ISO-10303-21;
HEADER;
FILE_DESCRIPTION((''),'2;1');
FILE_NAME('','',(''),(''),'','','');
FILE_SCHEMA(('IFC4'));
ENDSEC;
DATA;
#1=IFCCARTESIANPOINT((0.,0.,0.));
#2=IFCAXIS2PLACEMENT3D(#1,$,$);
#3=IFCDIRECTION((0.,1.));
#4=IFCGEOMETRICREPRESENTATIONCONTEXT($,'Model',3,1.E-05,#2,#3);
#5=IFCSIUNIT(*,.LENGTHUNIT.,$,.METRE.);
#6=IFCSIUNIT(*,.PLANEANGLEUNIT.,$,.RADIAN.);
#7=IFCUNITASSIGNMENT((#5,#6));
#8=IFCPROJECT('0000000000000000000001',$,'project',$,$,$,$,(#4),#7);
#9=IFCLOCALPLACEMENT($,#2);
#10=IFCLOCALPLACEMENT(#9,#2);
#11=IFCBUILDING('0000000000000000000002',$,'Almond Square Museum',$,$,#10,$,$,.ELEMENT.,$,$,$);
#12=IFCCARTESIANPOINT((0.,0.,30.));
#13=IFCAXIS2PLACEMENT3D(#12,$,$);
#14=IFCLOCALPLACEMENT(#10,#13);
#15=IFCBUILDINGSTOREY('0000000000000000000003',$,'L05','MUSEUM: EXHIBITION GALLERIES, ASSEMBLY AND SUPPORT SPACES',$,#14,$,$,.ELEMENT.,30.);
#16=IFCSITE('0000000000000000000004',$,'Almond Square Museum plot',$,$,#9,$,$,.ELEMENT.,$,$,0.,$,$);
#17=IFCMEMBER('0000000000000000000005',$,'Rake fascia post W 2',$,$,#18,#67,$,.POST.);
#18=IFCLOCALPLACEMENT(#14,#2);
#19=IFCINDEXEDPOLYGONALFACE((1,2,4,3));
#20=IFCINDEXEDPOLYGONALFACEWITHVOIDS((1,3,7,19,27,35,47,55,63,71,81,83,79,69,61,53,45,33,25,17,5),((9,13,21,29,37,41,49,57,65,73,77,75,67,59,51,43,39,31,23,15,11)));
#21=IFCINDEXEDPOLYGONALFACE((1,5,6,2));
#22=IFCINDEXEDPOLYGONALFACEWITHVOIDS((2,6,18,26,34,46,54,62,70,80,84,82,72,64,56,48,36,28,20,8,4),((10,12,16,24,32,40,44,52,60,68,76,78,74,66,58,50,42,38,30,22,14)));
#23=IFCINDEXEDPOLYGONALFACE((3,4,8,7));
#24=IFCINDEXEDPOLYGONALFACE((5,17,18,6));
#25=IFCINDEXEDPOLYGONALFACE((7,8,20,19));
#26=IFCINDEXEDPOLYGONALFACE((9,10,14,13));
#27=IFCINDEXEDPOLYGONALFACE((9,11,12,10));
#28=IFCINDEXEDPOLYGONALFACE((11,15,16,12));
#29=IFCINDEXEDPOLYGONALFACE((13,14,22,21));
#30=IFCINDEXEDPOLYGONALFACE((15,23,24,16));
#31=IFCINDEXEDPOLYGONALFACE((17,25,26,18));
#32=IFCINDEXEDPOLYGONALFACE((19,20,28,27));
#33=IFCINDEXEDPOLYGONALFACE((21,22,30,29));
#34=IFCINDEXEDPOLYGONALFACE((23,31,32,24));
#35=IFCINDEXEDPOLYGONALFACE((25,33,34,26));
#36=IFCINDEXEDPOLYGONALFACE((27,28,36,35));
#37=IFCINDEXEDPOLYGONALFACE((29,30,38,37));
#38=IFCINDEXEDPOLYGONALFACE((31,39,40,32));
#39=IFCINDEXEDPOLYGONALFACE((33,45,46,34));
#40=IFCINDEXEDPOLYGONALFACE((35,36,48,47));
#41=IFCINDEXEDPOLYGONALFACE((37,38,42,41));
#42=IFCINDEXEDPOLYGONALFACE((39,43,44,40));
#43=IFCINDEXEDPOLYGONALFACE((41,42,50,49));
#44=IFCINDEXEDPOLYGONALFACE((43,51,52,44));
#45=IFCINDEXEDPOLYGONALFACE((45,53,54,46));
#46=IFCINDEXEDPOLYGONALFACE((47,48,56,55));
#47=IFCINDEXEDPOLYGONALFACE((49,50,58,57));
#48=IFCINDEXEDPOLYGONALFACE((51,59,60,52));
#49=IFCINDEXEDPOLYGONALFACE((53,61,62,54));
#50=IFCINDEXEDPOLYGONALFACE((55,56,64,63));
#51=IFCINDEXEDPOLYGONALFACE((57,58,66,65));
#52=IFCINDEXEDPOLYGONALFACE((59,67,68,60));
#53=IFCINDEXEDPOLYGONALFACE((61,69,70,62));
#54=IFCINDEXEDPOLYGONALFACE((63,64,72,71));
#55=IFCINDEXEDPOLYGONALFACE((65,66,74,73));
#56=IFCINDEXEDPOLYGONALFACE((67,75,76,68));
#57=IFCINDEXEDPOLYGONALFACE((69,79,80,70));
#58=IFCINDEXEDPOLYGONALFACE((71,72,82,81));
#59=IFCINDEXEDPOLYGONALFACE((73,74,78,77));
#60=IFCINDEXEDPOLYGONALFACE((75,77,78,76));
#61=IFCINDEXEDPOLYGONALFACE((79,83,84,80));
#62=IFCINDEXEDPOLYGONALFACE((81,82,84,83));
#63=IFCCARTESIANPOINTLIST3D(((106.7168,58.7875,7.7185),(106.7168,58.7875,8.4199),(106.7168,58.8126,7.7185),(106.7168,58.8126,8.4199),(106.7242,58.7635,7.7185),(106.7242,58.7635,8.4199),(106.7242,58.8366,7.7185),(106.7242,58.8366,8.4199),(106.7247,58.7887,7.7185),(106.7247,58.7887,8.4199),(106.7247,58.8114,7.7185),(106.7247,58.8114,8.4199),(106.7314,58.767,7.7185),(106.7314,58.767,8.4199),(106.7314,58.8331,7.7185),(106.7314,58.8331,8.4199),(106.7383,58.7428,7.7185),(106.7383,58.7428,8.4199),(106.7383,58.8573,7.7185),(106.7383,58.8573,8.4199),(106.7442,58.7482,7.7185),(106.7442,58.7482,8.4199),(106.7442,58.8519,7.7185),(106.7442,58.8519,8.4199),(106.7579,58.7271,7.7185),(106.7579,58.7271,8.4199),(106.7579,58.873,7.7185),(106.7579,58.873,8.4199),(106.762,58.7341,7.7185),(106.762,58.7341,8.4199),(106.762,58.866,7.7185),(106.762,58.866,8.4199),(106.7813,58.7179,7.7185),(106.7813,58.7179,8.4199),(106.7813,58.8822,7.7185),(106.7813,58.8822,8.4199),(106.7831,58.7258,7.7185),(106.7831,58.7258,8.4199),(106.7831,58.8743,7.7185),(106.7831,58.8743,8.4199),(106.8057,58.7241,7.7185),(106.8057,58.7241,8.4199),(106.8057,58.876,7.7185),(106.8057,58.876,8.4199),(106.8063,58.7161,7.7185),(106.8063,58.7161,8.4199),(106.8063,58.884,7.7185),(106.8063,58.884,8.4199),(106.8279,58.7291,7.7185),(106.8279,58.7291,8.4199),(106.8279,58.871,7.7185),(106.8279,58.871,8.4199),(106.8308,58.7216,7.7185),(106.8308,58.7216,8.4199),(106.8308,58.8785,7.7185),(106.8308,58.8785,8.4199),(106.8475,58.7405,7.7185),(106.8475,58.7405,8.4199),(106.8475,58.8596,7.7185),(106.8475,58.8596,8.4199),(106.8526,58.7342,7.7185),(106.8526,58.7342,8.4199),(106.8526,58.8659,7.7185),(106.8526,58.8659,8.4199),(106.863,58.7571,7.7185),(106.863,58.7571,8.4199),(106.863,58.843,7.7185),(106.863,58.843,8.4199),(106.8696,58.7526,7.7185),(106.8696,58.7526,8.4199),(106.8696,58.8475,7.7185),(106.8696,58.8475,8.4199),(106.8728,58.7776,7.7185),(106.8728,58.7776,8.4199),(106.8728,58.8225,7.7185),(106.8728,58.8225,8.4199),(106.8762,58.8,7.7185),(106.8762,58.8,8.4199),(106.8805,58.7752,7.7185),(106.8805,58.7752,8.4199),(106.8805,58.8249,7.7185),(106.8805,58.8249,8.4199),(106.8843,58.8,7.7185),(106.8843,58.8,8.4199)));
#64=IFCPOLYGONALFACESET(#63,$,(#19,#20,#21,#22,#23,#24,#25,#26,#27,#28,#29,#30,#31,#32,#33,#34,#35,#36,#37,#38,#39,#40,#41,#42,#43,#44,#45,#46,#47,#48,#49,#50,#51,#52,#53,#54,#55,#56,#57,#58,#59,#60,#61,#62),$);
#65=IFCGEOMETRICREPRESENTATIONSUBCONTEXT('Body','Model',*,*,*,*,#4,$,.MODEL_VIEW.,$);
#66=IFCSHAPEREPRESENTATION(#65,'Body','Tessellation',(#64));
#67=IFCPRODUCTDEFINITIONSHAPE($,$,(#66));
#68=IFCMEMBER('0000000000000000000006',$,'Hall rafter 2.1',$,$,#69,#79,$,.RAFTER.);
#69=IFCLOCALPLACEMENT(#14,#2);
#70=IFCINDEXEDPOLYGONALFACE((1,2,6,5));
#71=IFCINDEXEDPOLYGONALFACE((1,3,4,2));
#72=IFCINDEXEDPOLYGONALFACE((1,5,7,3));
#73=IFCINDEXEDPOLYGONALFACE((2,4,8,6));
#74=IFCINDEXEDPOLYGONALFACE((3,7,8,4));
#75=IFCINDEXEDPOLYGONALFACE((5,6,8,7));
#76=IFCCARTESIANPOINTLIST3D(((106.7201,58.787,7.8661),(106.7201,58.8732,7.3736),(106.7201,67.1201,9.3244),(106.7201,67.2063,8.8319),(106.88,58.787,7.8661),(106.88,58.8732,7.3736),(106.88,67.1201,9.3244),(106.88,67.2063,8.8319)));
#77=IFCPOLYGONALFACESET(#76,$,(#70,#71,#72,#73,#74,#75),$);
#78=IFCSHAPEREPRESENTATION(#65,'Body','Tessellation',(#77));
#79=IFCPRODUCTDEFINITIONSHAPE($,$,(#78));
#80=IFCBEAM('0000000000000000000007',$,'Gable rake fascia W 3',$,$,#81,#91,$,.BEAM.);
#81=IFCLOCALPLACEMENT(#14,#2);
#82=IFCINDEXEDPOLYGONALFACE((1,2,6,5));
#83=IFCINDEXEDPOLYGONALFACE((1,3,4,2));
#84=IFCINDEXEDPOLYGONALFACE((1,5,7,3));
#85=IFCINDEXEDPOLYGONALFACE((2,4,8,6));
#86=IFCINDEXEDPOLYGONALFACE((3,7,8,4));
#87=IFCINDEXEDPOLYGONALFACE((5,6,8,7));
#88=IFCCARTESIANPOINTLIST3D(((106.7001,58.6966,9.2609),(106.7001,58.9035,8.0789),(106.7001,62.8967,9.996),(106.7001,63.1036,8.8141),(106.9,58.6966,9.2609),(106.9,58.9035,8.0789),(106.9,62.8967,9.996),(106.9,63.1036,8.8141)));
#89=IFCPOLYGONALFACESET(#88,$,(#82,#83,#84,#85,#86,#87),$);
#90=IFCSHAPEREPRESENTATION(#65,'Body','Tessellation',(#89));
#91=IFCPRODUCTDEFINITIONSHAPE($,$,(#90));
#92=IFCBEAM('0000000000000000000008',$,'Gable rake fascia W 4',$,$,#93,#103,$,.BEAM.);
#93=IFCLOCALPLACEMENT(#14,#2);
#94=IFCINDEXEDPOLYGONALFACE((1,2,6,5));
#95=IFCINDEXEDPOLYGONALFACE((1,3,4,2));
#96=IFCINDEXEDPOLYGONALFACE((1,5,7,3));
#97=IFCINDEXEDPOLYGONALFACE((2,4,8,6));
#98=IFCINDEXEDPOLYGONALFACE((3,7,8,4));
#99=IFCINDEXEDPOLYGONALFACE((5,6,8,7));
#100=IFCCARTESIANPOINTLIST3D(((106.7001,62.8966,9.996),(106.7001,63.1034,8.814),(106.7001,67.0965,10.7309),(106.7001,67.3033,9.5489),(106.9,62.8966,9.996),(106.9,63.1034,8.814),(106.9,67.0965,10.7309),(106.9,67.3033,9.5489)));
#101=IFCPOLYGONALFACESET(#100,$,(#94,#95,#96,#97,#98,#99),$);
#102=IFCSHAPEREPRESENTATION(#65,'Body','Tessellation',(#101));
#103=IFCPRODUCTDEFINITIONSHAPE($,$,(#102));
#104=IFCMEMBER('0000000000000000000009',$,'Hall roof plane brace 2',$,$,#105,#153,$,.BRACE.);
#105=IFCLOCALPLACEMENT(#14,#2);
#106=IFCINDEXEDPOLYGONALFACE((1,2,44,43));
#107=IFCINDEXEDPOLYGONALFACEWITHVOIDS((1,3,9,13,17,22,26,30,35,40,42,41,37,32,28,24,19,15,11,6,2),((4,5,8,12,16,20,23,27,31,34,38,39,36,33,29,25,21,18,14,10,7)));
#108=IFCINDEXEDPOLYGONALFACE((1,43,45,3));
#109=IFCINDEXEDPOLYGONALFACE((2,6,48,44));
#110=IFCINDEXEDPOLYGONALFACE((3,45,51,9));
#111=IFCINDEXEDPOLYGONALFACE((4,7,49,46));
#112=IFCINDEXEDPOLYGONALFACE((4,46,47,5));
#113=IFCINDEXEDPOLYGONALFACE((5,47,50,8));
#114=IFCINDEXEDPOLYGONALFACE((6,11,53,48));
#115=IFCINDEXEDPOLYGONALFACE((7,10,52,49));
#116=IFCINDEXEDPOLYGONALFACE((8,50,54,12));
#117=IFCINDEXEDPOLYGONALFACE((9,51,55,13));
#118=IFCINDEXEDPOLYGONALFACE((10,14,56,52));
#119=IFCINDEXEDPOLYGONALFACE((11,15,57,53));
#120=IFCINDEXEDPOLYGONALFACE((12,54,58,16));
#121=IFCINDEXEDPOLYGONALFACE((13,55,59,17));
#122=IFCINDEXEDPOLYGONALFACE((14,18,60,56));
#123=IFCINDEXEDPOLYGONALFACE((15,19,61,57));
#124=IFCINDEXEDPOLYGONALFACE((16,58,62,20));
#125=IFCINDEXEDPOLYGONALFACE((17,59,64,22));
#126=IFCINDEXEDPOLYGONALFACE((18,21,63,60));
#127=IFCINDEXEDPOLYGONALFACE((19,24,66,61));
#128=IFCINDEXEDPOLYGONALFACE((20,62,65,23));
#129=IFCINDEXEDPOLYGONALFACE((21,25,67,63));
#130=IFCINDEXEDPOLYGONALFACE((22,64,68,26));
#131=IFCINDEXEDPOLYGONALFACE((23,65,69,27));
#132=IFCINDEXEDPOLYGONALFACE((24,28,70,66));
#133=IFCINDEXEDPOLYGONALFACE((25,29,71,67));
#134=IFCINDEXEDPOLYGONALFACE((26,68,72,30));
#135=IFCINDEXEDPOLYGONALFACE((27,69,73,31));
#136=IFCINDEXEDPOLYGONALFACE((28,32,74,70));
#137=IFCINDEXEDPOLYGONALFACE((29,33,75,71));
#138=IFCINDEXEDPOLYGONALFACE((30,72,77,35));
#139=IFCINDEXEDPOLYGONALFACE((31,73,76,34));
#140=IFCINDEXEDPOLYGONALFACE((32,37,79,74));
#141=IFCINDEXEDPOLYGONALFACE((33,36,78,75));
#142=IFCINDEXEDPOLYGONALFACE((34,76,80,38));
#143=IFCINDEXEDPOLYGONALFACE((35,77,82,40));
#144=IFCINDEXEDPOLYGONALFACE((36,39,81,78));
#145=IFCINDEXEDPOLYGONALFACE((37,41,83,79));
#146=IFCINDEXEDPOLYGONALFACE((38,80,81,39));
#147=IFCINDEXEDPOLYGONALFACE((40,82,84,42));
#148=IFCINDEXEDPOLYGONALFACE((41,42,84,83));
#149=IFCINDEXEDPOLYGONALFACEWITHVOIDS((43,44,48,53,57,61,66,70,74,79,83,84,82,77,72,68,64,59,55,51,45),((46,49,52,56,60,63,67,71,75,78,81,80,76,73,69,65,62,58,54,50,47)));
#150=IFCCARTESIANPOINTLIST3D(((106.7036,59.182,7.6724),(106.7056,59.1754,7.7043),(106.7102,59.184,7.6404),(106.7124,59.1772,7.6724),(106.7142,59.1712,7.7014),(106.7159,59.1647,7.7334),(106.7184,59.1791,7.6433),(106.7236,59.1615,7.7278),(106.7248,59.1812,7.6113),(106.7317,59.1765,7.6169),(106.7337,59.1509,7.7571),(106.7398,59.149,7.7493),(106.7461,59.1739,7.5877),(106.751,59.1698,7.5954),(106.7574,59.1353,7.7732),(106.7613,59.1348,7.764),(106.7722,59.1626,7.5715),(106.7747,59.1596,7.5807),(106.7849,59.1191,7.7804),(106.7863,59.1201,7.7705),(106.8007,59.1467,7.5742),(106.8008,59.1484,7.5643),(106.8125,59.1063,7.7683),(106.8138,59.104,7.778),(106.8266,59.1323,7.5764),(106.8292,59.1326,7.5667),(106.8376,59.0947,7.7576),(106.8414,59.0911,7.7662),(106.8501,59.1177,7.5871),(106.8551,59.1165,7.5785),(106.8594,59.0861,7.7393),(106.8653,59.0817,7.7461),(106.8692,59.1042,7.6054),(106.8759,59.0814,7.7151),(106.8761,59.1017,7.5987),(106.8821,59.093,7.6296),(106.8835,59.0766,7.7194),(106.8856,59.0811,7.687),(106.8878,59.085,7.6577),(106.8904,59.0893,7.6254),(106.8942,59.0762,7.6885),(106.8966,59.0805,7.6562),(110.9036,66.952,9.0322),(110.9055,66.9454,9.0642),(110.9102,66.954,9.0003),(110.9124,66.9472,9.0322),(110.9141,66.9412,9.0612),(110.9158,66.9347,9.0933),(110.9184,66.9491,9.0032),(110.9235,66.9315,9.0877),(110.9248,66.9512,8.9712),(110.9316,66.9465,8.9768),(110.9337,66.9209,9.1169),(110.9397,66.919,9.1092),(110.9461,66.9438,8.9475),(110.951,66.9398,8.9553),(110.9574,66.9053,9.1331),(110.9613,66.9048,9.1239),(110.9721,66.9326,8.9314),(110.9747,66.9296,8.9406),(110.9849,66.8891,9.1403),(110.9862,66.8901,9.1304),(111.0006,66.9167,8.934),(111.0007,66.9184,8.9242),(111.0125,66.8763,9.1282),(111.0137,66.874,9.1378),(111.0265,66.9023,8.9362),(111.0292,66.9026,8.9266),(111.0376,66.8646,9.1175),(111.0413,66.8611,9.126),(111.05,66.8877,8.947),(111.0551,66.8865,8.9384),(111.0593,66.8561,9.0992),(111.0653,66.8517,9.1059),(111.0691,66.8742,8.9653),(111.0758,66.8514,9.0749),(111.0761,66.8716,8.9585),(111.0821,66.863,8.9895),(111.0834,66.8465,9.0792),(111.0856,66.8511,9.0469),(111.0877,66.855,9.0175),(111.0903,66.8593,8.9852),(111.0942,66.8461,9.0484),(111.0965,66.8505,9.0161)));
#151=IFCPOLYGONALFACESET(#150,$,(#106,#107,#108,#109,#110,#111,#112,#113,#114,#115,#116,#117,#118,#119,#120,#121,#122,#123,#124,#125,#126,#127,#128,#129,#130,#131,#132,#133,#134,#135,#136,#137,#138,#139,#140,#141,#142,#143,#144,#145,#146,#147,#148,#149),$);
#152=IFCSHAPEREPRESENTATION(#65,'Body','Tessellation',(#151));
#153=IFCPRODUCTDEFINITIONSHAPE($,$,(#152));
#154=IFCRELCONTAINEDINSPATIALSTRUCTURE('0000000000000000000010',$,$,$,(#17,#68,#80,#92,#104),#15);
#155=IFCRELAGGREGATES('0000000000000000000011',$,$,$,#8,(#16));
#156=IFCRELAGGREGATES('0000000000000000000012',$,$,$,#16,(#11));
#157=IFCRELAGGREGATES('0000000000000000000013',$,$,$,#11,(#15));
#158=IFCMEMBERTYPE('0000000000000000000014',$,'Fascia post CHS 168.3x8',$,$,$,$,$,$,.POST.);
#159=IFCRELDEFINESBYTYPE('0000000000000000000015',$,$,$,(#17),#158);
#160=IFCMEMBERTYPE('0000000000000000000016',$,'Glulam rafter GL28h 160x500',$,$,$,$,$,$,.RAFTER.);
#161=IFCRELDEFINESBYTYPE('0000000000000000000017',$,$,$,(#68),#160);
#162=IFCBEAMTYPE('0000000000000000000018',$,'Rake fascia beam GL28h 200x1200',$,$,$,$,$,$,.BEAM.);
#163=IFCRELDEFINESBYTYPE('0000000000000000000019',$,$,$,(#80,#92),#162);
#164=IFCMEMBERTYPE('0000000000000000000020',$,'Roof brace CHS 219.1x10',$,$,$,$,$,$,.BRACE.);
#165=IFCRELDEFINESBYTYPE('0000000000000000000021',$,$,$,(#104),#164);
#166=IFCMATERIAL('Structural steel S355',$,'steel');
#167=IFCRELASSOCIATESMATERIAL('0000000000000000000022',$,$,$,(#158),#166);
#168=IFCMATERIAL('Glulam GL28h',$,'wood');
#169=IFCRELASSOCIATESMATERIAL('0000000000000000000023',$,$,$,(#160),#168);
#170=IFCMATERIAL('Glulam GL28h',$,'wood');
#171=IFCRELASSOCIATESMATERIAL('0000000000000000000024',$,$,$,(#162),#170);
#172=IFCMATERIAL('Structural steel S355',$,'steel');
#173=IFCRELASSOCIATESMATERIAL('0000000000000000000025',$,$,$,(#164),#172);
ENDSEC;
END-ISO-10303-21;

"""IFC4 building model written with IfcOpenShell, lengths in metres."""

from ifc_helpers import new_model, si_unit, direction, frame, origin, origin_2d, place, context, subcontext, project, spatial, rectangle, hollow_circle, extrude, material, material_profile, profile_set, type_object, element, save


model = new_model("IFC4")

# Units and contexts
model_context = context("Model", 3, precision=1e-05, world=origin(), true_north=direction((0.0, 1.0)))
body_context = subcontext(model_context, "Body", "Model", "MODEL_VIEW")
ifc_project = project(units=[si_unit("LENGTHUNIT", "METRE"), si_unit("PLANEANGLEUNIT", "RADIAN")], contexts=[model_context])

# Site, building, storey
site_placement = place(None, origin())
site = spatial("IfcSite", under=ifc_project, at=site_placement, Name="Almond Square Museum plot", CompositionType="ELEMENT", RefElevation=0.0)
building_placement = place(site_placement, origin())
building = spatial("IfcBuilding", under=site, at=building_placement, Name="Almond Square Museum", CompositionType="ELEMENT")
storey_placement = place(building_placement, frame((0.0, 0.0, 30.0)))
storey = spatial("IfcBuildingStorey", under=building, at=storey_placement, Name="L05", Description="MUSEUM: EXHIBITION GALLERIES, ASSEMBLY AND SUPPORT SPACES", CompositionType="ELEMENT", Elevation=30.0)

# Members
ifc_material_1 = material(Name="Structural steel S355", Category="steel")
ifc_material_profile_1 = material_profile(ifc_material_1, hollow_circle(Radius=0.0842, WallThickness=0.0081, at=origin_2d()))
ifc_profile_set_1 = profile_set([ifc_material_profile_1], Name="Structural steel S355")
member_type_1 = type_object("IfcMemberType", Name="Fascia post CHS 168.3x8", PredefinedType="POST", material=ifc_profile_set_1)
member_1_placement = place(storey_placement, frame((106.8, 58.8, 7.7185), z_axis=(0.0, 0.0, 1.0), x_axis=(1.0, 0.0, 0.0)))
element("IfcMember", 1, at=member_1_placement, inside=storey, type_object=member_type_1, Name="Rake fascia post W 2", PredefinedType="POST", context=body_context, shape_type="SweptSolid", body=[
    extrude(hollow_circle(Radius=0.0842, WallThickness=0.0081, at=origin_2d()), origin(), (0.0, 0.0, 1.0), 0.7014),
])
ifc_material_2 = material(Name="Glulam GL28h", Category="wood")
ifc_material_profile_2 = material_profile(ifc_material_2, rectangle(XDim=0.1599, YDim=0.5, at=origin_2d()))
ifc_profile_set_2 = profile_set([ifc_material_profile_2], Name="Glulam GL28h")
member_type_2 = type_object("IfcMemberType", Name="Glulam rafter GL28h 160x500", PredefinedType="RAFTER", material=ifc_profile_set_2)
member_2_placement = place(storey_placement, frame((106.8, 58.8301, 7.6199), z_axis=(0.0, 0.985031, 0.172378), x_axis=(-1.0, 0.0, 0.0)))
element("IfcMember", 2, at=member_2_placement, inside=storey, type_object=member_type_2, Name="Hall rafter 2.1", PredefinedType="RAFTER", context=body_context, shape_type="SweptSolid", body=[
    extrude(rectangle(XDim=0.1599, YDim=0.5, at=origin_2d()), origin(), (0.0, 0.0, 1.0), 8.4597),
])

# Beams
ifc_material_3 = material(Name="Glulam GL28h", Category="wood")
ifc_material_profile_3 = material_profile(ifc_material_3, rectangle(XDim=0.2, YDim=1.2, at=origin_2d()))
ifc_profile_set_3 = profile_set([ifc_material_profile_3], Name="Glulam GL28h")
beam_type = type_object("IfcBeamType", Name="Rake fascia beam GL28h 200x1200", PredefinedType="BEAM", material=ifc_profile_set_3)
beam_1_placement = place(storey_placement, frame((106.8, 58.8, 8.6699), z_axis=(0.0, 0.985026, 0.172407), x_axis=(-1.0, 0.0, 0.0)))
element("IfcBeam", 3, at=beam_1_placement, inside=storey, type_object=beam_type, Name="Gable rake fascia W 3", PredefinedType="BEAM", context=body_context, shape_type="SweptSolid", body=[
    extrude(rectangle(XDim=0.2, YDim=1.2, at=origin_2d()), origin(), (0.0, 0.0, 1.0), 4.2639),
])
beam_2_placement = place(storey_placement, frame((106.8, 63.0, 9.405), z_axis=(0.0, 0.985036, 0.172351), x_axis=(-1.0, 0.0, 0.0)))
element("IfcBeam", 4, at=beam_2_placement, inside=storey, type_object=beam_type, Name="Gable rake fascia W 4", PredefinedType="BEAM", context=body_context, shape_type="SweptSolid", body=[
    extrude(rectangle(XDim=0.2, YDim=1.2, at=origin_2d()), origin(), (0.0, 0.0, 1.0), 4.2637),
])

# Member
ifc_material_4 = material(Name="Structural steel S355", Category="steel")
ifc_material_profile_4 = material_profile(ifc_material_4, hollow_circle(Radius=0.1096, WallThickness=0.01, at=origin_2d()))
ifc_profile_set_4 = profile_set([ifc_material_profile_4], Name="Structural steel S355")
member_type_3 = type_object("IfcMemberType", Name="Roof brace CHS 219.1x10", PredefinedType="BRACE", material=ifc_profile_set_4)
member_3_placement = place(storey_placement, frame((106.8, 59.1299, 7.6724), z_axis=(0.469974, 0.869465, 0.152169), x_axis=(-0.879709, 0.475512, 0.0)))
element("IfcMember", 5, at=member_3_placement, inside=storey, type_object=member_type_3, Name="Hall roof plane brace 2", PredefinedType="BRACE", context=body_context, shape_type="SweptSolid", body=[
    extrude(hollow_circle(Radius=0.1096, WallThickness=0.01, at=origin_2d()), origin(), (0.0, 0.0, 1.0), 8.9365),
])

save(model, "model.ifc")
